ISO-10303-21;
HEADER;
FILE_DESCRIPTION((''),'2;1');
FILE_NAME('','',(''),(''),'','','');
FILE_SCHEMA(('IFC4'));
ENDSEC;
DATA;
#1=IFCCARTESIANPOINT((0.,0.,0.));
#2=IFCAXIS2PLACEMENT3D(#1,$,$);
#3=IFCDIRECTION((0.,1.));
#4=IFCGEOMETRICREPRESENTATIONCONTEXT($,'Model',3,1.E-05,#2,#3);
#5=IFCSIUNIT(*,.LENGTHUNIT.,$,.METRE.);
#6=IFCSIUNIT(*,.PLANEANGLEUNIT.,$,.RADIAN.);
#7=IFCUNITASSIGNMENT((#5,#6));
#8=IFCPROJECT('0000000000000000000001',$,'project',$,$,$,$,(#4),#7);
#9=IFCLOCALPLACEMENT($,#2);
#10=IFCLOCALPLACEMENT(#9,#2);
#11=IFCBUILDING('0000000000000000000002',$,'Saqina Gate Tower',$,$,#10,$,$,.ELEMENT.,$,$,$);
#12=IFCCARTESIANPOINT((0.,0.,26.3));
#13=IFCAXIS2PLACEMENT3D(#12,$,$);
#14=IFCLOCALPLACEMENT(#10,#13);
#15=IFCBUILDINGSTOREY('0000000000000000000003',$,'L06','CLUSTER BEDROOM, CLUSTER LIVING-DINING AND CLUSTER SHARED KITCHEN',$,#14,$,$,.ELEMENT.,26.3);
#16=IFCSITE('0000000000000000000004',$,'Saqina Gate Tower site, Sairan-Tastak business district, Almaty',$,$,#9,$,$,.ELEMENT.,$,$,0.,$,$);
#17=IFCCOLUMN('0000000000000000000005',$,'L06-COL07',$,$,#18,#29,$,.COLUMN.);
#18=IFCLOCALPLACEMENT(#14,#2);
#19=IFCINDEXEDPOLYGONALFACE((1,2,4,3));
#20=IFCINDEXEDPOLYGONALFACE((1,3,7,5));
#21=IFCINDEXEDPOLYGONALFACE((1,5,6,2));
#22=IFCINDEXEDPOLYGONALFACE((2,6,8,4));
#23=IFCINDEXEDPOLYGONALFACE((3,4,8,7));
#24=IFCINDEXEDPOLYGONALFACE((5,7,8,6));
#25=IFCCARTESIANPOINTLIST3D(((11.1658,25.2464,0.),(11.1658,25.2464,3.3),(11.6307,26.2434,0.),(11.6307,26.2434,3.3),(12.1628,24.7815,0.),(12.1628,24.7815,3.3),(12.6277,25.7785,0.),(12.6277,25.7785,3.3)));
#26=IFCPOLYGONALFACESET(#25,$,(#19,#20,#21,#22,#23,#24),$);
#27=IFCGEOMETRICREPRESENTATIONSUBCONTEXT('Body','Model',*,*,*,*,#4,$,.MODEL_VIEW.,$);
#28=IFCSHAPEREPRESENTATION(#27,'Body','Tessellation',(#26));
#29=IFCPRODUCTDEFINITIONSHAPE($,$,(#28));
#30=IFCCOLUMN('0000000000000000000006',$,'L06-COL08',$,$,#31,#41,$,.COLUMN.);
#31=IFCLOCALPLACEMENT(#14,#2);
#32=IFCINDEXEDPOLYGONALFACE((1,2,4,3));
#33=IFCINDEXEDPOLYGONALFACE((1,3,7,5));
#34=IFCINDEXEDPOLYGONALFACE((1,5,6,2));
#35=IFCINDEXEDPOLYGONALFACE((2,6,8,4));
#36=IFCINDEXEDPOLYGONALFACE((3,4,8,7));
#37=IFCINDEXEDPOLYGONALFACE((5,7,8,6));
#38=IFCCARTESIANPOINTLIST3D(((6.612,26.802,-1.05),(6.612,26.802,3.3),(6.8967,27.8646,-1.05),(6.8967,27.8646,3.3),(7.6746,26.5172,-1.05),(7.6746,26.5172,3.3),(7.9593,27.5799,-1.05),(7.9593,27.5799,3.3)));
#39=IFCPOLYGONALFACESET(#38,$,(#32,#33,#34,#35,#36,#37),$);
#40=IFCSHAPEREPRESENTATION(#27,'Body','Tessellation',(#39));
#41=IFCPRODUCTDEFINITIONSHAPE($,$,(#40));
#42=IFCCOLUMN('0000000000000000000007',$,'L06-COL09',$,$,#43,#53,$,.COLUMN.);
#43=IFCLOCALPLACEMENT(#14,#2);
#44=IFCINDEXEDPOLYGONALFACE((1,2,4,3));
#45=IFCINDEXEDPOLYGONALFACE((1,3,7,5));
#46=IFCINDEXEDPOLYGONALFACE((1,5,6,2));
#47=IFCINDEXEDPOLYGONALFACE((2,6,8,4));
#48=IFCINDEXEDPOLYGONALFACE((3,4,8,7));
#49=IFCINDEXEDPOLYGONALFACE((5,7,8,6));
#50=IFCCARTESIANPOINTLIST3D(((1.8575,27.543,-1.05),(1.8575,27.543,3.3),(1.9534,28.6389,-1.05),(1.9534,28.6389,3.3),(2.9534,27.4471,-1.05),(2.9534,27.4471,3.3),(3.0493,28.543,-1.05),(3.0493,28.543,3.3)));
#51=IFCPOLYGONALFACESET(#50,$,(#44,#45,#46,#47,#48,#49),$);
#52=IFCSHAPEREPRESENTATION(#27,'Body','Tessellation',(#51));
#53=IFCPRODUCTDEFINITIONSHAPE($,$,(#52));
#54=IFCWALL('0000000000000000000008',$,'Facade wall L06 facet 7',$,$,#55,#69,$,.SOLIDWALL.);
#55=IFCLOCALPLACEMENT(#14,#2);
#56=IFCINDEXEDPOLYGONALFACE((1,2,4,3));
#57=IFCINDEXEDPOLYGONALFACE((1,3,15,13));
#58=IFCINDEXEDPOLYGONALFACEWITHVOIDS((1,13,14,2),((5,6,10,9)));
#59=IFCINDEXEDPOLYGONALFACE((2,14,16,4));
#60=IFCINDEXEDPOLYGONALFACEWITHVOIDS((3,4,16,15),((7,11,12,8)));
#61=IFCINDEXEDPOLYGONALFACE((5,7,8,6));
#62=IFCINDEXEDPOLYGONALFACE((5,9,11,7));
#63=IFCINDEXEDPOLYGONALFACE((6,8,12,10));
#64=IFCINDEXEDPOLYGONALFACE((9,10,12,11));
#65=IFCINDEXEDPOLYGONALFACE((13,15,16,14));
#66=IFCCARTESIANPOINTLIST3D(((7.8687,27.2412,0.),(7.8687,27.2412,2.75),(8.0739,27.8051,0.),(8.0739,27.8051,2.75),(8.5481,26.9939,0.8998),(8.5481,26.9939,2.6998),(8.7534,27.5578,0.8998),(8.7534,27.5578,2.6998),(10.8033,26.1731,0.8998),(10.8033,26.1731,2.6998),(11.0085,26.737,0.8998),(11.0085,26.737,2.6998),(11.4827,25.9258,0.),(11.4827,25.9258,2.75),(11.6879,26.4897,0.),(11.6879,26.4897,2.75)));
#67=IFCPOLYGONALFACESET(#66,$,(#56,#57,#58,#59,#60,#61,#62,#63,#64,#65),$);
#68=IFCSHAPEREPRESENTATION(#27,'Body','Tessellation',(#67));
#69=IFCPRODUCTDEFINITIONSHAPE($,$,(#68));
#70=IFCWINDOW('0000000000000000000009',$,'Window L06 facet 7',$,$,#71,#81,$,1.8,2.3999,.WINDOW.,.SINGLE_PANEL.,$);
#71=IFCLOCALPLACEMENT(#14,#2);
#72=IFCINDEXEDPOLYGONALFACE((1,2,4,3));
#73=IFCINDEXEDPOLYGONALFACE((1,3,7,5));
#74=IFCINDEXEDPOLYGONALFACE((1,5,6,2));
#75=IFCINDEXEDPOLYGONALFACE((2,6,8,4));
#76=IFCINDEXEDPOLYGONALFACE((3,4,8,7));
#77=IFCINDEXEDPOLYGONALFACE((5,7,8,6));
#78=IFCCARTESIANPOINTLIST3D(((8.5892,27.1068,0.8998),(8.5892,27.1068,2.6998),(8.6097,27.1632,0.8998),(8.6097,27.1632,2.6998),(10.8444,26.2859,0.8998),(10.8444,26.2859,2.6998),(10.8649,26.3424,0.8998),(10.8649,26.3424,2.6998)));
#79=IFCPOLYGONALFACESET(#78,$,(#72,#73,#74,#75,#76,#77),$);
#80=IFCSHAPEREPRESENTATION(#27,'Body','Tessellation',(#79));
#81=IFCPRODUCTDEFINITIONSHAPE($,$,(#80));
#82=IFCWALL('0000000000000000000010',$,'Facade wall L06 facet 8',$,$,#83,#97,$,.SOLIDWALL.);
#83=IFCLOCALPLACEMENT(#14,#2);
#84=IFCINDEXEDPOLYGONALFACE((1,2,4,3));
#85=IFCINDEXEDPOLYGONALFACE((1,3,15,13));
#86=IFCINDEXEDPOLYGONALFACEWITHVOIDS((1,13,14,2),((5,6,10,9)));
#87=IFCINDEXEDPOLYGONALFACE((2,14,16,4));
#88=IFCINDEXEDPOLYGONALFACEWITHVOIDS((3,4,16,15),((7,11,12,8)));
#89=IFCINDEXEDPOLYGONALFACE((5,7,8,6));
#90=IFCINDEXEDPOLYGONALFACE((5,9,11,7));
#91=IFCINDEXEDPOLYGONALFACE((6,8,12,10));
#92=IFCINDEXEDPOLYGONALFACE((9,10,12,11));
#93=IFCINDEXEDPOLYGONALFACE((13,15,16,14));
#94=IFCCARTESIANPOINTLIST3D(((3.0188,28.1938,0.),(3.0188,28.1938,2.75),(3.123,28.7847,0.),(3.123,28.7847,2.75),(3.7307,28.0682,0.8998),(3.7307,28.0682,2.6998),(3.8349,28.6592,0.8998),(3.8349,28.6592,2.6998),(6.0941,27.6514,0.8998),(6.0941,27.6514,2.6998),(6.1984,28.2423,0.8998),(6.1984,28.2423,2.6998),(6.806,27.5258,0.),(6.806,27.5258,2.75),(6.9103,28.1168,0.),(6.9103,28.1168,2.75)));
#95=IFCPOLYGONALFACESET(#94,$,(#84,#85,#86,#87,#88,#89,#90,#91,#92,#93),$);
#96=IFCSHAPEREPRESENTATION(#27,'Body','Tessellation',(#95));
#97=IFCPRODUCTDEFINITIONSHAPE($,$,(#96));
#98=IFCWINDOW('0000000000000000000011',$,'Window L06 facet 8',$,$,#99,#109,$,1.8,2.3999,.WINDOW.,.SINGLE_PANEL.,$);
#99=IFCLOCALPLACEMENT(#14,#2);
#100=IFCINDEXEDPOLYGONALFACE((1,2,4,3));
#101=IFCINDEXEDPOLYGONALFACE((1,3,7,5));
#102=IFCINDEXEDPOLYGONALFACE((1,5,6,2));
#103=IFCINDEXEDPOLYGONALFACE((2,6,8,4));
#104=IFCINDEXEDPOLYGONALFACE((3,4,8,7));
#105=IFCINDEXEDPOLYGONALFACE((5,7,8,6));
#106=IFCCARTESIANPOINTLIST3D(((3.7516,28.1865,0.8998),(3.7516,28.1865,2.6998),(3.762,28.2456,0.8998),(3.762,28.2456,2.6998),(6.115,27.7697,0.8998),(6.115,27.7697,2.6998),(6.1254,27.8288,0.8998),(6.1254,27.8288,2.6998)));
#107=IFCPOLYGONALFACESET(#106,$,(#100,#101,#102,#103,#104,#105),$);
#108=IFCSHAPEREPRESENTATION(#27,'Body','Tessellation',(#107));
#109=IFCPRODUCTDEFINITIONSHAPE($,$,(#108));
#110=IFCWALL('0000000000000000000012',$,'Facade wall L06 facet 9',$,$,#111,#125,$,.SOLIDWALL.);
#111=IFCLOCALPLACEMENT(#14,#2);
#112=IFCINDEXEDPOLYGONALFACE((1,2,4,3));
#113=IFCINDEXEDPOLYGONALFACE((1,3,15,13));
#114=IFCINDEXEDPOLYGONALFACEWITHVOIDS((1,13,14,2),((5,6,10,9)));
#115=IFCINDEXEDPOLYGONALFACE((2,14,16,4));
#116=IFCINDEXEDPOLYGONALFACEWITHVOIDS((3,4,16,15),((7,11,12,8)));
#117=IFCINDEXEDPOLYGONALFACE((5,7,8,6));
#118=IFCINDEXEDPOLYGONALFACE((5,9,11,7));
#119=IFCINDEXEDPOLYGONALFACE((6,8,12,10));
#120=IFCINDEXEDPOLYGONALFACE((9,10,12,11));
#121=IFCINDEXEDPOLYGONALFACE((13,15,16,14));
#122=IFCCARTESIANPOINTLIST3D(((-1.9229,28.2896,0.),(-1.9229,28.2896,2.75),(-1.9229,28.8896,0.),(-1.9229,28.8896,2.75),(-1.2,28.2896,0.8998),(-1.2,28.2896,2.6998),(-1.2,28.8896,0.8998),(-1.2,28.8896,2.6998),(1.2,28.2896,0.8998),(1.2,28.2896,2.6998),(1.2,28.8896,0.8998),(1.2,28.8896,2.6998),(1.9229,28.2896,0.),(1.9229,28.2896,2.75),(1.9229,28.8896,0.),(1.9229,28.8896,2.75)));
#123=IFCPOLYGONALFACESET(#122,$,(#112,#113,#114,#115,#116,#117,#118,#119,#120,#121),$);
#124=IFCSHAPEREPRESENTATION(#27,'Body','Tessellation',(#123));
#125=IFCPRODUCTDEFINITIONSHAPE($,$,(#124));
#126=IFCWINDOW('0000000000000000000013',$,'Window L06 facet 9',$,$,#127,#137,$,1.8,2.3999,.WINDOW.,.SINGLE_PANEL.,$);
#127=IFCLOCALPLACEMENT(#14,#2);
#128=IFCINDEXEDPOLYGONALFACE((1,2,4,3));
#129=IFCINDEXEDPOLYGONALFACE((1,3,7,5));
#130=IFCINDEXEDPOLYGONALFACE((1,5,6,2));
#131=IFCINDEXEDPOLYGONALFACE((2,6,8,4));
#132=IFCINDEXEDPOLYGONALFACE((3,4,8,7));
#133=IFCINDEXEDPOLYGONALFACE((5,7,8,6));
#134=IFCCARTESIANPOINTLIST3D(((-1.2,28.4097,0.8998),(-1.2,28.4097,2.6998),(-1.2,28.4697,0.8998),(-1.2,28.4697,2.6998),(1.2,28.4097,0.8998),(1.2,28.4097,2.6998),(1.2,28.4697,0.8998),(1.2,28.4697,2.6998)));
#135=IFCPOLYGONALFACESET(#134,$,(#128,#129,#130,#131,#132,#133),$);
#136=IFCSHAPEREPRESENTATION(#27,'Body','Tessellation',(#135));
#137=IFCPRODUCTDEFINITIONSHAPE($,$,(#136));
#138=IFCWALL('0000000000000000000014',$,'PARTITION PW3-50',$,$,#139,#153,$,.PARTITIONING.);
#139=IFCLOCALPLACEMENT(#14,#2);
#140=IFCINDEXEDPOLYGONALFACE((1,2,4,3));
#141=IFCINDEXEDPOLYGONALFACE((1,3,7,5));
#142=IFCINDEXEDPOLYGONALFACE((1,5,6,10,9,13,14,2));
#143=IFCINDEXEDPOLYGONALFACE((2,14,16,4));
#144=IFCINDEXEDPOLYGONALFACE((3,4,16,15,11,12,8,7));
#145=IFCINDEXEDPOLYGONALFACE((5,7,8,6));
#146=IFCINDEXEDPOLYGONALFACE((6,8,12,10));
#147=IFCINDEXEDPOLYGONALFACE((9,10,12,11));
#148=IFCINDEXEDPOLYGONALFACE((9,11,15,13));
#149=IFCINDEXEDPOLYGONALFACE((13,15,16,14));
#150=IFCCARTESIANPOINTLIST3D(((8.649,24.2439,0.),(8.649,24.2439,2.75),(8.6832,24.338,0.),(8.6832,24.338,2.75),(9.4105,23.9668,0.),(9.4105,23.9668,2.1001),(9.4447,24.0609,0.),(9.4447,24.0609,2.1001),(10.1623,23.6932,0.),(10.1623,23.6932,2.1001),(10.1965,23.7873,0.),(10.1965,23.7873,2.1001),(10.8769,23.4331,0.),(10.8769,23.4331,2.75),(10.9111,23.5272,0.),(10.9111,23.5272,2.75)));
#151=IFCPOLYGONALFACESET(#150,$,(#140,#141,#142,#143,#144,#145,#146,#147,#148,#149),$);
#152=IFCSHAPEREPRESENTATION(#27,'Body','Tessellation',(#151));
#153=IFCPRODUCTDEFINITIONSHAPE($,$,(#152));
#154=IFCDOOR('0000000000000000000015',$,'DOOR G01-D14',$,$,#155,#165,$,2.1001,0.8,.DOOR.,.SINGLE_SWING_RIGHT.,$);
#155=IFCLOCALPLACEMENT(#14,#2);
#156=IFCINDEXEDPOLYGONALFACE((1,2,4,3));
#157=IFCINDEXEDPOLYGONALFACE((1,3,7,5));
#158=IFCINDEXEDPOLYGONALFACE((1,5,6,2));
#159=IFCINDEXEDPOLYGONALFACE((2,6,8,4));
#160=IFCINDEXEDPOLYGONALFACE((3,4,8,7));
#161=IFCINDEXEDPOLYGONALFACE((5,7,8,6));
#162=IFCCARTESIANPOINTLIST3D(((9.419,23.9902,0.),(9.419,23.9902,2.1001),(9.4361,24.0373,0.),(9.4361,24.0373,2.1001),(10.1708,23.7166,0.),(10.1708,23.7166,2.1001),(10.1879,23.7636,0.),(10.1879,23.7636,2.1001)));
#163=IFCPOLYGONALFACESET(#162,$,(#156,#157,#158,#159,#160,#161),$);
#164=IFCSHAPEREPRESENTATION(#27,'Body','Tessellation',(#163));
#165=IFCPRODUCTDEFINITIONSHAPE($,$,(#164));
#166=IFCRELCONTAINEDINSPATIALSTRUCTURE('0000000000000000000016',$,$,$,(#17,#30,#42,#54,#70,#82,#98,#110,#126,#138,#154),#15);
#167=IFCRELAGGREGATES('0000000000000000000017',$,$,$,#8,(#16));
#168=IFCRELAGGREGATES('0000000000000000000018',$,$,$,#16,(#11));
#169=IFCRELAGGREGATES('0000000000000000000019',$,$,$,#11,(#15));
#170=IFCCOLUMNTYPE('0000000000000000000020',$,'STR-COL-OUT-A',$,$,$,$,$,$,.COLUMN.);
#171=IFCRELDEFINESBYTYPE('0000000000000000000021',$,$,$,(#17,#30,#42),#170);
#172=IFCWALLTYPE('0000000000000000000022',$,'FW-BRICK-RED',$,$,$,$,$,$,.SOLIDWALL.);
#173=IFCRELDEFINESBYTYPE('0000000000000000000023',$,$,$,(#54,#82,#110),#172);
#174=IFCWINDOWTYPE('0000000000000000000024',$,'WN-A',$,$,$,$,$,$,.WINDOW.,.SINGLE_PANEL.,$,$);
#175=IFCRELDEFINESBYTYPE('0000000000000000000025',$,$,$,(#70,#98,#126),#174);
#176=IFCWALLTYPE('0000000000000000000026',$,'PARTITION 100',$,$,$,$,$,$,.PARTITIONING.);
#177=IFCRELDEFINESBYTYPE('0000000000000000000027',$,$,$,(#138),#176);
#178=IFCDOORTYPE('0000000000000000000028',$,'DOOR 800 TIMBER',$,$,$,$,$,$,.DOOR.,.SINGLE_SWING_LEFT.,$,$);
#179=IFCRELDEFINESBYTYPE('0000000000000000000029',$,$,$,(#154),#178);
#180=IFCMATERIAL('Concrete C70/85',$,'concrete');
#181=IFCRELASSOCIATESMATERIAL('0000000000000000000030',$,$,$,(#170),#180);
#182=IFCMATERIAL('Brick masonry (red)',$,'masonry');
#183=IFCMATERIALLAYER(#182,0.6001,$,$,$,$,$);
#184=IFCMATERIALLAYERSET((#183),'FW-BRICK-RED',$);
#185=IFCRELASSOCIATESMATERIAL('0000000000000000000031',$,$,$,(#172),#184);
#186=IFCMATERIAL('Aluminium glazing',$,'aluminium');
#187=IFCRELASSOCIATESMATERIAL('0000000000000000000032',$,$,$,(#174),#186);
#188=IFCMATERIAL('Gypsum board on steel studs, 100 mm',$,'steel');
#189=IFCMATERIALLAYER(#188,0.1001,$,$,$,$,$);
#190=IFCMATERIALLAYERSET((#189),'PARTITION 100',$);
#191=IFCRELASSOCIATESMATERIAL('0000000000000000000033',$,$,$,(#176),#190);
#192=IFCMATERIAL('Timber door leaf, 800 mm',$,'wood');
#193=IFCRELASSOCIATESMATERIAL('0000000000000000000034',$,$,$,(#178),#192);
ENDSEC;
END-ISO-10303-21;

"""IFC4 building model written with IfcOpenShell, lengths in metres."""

from ifc_helpers import new_model, si_unit, direction, frame, frame_2d, origin, origin_2d, place, context, subcontext, project, spatial, rectangle, extrude, material, layer, layer_set, material_profile, profile_set, type_object, element, fill, save


model = new_model("IFC4")

# Units and contexts
model_context = context("Model", 3, precision=1e-05, world=origin(), true_north=direction((0.0, 1.0)))
body_context = subcontext(model_context, "Body", "Model", "MODEL_VIEW")
ifc_project = project(units=[si_unit("LENGTHUNIT", "METRE"), si_unit("PLANEANGLEUNIT", "RADIAN")], contexts=[model_context])

# Site, building, storey
site_placement = place(None, origin())
site = spatial("IfcSite", under=ifc_project, at=site_placement, Name="Saqina Gate Tower site, Sairan-Tastak business district, Almaty", CompositionType="ELEMENT", RefElevation=0.0)
building_placement = place(site_placement, origin())
building = spatial("IfcBuilding", under=site, at=building_placement, Name="Saqina Gate Tower", CompositionType="ELEMENT")
storey_placement = place(building_placement, frame((0.0, 0.0, 26.3)))
storey = spatial("IfcBuildingStorey", under=building, at=storey_placement, Name="L06", Description="CLUSTER BEDROOM, CLUSTER LIVING-DINING AND CLUSTER SHARED KITCHEN", CompositionType="ELEMENT", Elevation=26.3)

# Columns
ifc_material_1 = material(Name="Concrete C70/85", Category="concrete")
ifc_material_profile = material_profile(ifc_material_1, rectangle(XDim=1.1001, YDim=1.1001, at=origin_2d()), Name="RC 1100x1100")
ifc_profile_set = profile_set([ifc_material_profile], Name="Concrete C70/85")
column_type = type_object("IfcColumnType", Name="STR-COL-OUT-A", PredefinedType="COLUMN", material=ifc_profile_set)
column_placement = place(storey_placement, frame((11.8967, 25.5125, 0.0), z_axis=(0.0, 0.0, 1.0), x_axis=(0.422618, 0.906308, 0.0)))
element("IfcColumn", 1, at=column_placement, inside=storey, type_object=column_type, Name="L06-COL07", PredefinedType="COLUMN", context=body_context, shape_type="SweptSolid", body=[
    extrude(rectangle(XDim=1.1001, YDim=1.1001, at=origin_2d()), origin(), (0.0, 0.0, 1.0), 3.3),
])
for number, where, z_axis, x_axis, name in (
    (2, (7.2856, 27.1909, -1.05), (0.0, 0.0, 1.0), (0.258819, 0.965926, 0.0), "L06-COL08"),
    (3, (2.4534, 28.043, -1.05), (0.0, 0.0, 1.0), (0.087156, 0.996195, 0.0), "L06-COL09"),
):
    element("IfcColumn", number, at=place(storey_placement, frame(where, z_axis=z_axis, x_axis=x_axis)), inside=storey, type_object=column_type, Name=name, PredefinedType="COLUMN", context=body_context, shape_type="SweptSolid", body=[
        extrude(rectangle(XDim=1.1001, YDim=1.1001, at=origin_2d()), origin(), (0.0, 0.0, 1.0), 4.3501),
    ])

# Walls, openings, windows
ifc_material_2 = material(Name="Brick masonry (red)", Category="masonry")
ifc_layer_1 = layer(ifc_material_2, 0.6001)
ifc_layer_set_1 = layer_set([ifc_layer_1], Name="FW-BRICK-RED")
wall_type_1 = type_object("IfcWallType", Name="FW-BRICK-RED", PredefinedType="SOLIDWALL", material=ifc_layer_set_1)
wall_1_placement = place(storey_placement, frame((11.5852, 26.2078, 0.0), z_axis=(0.0, 0.0, 1.0), x_axis=(-0.93969, 0.342028, 0.0)))
wall_1 = element("IfcWall", 4, at=wall_1_placement, inside=storey, type_object=wall_type_1, Name="Facade wall L06 facet 7", PredefinedType="SOLIDWALL", context=body_context, shape_type="SweptSolid", body=[
    extrude(rectangle(XDim=3.8459, YDim=0.6001, at=frame_2d((1.9229, 0.0))), origin(), (0.0, 0.0, 1.0), 2.75),
])
opening_1_placement = place(wall_1_placement, frame((0.7229, 0.0, 0.8999)))
opening_1 = element("IfcOpeningElement", 5, at=opening_1_placement, cuts=wall_1, PredefinedType="OPENING", context=body_context, shape_type="SweptSolid", body=[
    extrude(rectangle(XDim=2.3999, YDim=1.8, at=frame_2d((1.2, 0.8999))), frame((0.0, 0.312, 0.0), z_axis=(0.0, -1.0, 0.0), x_axis=(1.0, 0.0, 0.0)), (0.0, 0.0, 1.0), 0.624),
])
ifc_material_3 = material(Name="Aluminium glazing", Category="aluminium")
window_type = type_object("IfcWindowType", Name="WN-A", PartitioningType="SINGLE_PANEL", PredefinedType="WINDOW", material=ifc_material_3)
window_1_placement = place(opening_1_placement, origin())
window_1 = element("IfcWindow", 6, at=window_1_placement, inside=storey, type_object=window_type, Name="Window L06 facet 7", OverallHeight=1.8, OverallWidth=2.3999, PartitioningType="SINGLE_PANEL", PredefinedType="WINDOW", context=body_context, shape_type="SweptSolid", body=[
    extrude(rectangle(XDim=2.3999, YDim=1.8, at=frame_2d((1.2, 0.8999))), frame((0.0, 0.1799, 0.0), z_axis=(0.0, -1.0, 0.0), x_axis=(1.0, 0.0, 0.0)), (0.0, 0.0, 1.0), 0.0601),
])
fill(opening_1, window_1)
wall_2_placement = place(storey_placement, frame((6.8582, 27.8213, 0.0), z_axis=(0.0, 0.0, 1.0), x_axis=(-0.984801, 0.173688, 0.0)))
wall_2 = element("IfcWall", 7, at=wall_2_placement, inside=storey, type_object=wall_type_1, Name="Facade wall L06 facet 8", PredefinedType="SOLIDWALL", context=body_context, shape_type="SweptSolid", body=[
    extrude(rectangle(XDim=3.8457, YDim=0.6001, at=frame_2d((1.9229, 0.0))), origin(), (0.0, 0.0, 1.0), 2.75),
])
opening_2_placement = place(wall_2_placement, frame((0.7229, 0.0, 0.8999)))
opening_2 = element("IfcOpeningElement", 8, at=opening_2_placement, cuts=wall_2, PredefinedType="OPENING", context=body_context, shape_type="SweptSolid", body=[
    extrude(rectangle(XDim=2.3999, YDim=1.8, at=frame_2d((1.2, 0.8999))), frame((0.0, 0.312, 0.0), z_axis=(0.0, -1.0, 0.0), x_axis=(1.0, 0.0, 0.0)), (0.0, 0.0, 1.0), 0.624),
])
window_2_placement = place(opening_2_placement, origin())
window_2 = element("IfcWindow", 9, at=window_2_placement, inside=storey, type_object=window_type, Name="Window L06 facet 8", OverallHeight=1.8, OverallWidth=2.3999, PartitioningType="SINGLE_PANEL", PredefinedType="WINDOW", context=body_context, shape_type="SweptSolid", body=[
    extrude(rectangle(XDim=2.3999, YDim=1.8, at=frame_2d((1.2, 0.8999))), frame((0.0, 0.1799, 0.0), z_axis=(0.0, -1.0, 0.0), x_axis=(1.0, 0.0, 0.0)), (0.0, 0.0, 1.0), 0.0601),
])
fill(opening_2, window_2)
wall_3_placement = place(storey_placement, frame((1.9229, 28.5896, 0.0), z_axis=(0.0, 0.0, 1.0), x_axis=(-1.0, 0.0, 0.0)))
wall_3 = element("IfcWall", 10, at=wall_3_placement, inside=storey, type_object=wall_type_1, Name="Facade wall L06 facet 9", PredefinedType="SOLIDWALL", context=body_context, shape_type="SweptSolid", body=[
    extrude(rectangle(XDim=3.8457, YDim=0.6001, at=frame_2d((1.9229, 0.0))), origin(), (0.0, 0.0, 1.0), 2.75),
])
opening_3_placement = place(wall_3_placement, frame((0.7229, 0.0, 0.8999)))
opening_3 = element("IfcOpeningElement", 11, at=opening_3_placement, cuts=wall_3, PredefinedType="OPENING", context=body_context, shape_type="SweptSolid", body=[
    extrude(rectangle(XDim=2.3999, YDim=1.8, at=frame_2d((1.2, 0.8999))), frame((0.0, 0.312, 0.0), z_axis=(0.0, -1.0, 0.0), x_axis=(1.0, 0.0, 0.0)), (0.0, 0.0, 1.0), 0.624),
])
window_3_placement = place(opening_3_placement, origin())
window_3 = element("IfcWindow", 12, at=window_3_placement, inside=storey, type_object=window_type, Name="Window L06 facet 9", OverallHeight=1.8, OverallWidth=2.3999, PartitioningType="SINGLE_PANEL", PredefinedType="WINDOW", context=body_context, shape_type="SweptSolid", body=[
    extrude(rectangle(XDim=2.3999, YDim=1.8, at=frame_2d((1.2, 0.8999))), frame((0.0, 0.1799, 0.0), z_axis=(0.0, -1.0, 0.0), x_axis=(1.0, 0.0, 0.0)), (0.0, 0.0, 1.0), 0.0601),
])
fill(opening_3, window_3)

# Wall, opening, door
ifc_material_4 = material(Name="Gypsum board on steel studs, 100 mm", Category="steel")
ifc_layer_2 = layer(ifc_material_4, 0.1001)
ifc_layer_set_2 = layer_set([ifc_layer_2], Name="PARTITION 100")
wall_type_2 = type_object("IfcWallType", Name="PARTITION 100", PredefinedType="PARTITIONING", material=ifc_layer_set_2)
wall_4_placement = place(storey_placement, frame((8.666, 24.291, 0.0), z_axis=(0.0, 0.0, 1.0), x_axis=(0.9397, -0.341999, 0.0)))
wall_4 = element("IfcWall", 13, at=wall_4_placement, inside=storey, type_object=wall_type_2, Name="PARTITION PW3-50", PredefinedType="PARTITIONING", context=body_context, shape_type="SweptSolid", body=[
    extrude(rectangle(XDim=2.3708, YDim=0.1001, at=frame_2d((1.1855, 0.0))), origin(), (0.0, 0.0, 1.0), 2.75),
])
opening_4_placement = place(wall_4_placement, frame((0.8105, 0.0, 0.0)))
opening_4 = element("IfcOpeningElement", 14, at=opening_4_placement, cuts=wall_4, PredefinedType="OPENING", context=body_context, shape_type="SweptSolid", body=[
    extrude(rectangle(XDim=0.8, YDim=2.1001, at=frame_2d((0.3999, 1.05))), frame((0.0, 0.062, 0.0), z_axis=(0.0, -1.0, 0.0), x_axis=(1.0, 0.0, 0.0)), (0.0, 0.0, 1.0), 0.124),
])
ifc_material_5 = material(Name="Timber door leaf, 800 mm", Category="wood")
door_type_1 = type_object("IfcDoorType", Name="DOOR 800 TIMBER", OperationType="SINGLE_SWING_LEFT", PredefinedType="DOOR", material=ifc_material_5)
door_1_placement = place(opening_4_placement, origin())
door_1 = element("IfcDoor", 15, at=door_1_placement, inside=storey, type_object=door_type_1, Name="DOOR G01-D14", OperationType="SINGLE_SWING_RIGHT", OverallHeight=2.1001, OverallWidth=0.8, PredefinedType="DOOR", context=body_context, shape_type="SweptSolid", body=[
    extrude(rectangle(XDim=0.8, YDim=2.1001, at=frame_2d((0.3999, 1.05))), frame((0.0, 0.0249, 0.0), z_axis=(0.0, -1.0, 0.0), x_axis=(1.0, 0.0, 0.0)), (0.0, 0.0, 1.0), 0.05),
])
fill(opening_4, door_1)

save(model, "model.ifc")
